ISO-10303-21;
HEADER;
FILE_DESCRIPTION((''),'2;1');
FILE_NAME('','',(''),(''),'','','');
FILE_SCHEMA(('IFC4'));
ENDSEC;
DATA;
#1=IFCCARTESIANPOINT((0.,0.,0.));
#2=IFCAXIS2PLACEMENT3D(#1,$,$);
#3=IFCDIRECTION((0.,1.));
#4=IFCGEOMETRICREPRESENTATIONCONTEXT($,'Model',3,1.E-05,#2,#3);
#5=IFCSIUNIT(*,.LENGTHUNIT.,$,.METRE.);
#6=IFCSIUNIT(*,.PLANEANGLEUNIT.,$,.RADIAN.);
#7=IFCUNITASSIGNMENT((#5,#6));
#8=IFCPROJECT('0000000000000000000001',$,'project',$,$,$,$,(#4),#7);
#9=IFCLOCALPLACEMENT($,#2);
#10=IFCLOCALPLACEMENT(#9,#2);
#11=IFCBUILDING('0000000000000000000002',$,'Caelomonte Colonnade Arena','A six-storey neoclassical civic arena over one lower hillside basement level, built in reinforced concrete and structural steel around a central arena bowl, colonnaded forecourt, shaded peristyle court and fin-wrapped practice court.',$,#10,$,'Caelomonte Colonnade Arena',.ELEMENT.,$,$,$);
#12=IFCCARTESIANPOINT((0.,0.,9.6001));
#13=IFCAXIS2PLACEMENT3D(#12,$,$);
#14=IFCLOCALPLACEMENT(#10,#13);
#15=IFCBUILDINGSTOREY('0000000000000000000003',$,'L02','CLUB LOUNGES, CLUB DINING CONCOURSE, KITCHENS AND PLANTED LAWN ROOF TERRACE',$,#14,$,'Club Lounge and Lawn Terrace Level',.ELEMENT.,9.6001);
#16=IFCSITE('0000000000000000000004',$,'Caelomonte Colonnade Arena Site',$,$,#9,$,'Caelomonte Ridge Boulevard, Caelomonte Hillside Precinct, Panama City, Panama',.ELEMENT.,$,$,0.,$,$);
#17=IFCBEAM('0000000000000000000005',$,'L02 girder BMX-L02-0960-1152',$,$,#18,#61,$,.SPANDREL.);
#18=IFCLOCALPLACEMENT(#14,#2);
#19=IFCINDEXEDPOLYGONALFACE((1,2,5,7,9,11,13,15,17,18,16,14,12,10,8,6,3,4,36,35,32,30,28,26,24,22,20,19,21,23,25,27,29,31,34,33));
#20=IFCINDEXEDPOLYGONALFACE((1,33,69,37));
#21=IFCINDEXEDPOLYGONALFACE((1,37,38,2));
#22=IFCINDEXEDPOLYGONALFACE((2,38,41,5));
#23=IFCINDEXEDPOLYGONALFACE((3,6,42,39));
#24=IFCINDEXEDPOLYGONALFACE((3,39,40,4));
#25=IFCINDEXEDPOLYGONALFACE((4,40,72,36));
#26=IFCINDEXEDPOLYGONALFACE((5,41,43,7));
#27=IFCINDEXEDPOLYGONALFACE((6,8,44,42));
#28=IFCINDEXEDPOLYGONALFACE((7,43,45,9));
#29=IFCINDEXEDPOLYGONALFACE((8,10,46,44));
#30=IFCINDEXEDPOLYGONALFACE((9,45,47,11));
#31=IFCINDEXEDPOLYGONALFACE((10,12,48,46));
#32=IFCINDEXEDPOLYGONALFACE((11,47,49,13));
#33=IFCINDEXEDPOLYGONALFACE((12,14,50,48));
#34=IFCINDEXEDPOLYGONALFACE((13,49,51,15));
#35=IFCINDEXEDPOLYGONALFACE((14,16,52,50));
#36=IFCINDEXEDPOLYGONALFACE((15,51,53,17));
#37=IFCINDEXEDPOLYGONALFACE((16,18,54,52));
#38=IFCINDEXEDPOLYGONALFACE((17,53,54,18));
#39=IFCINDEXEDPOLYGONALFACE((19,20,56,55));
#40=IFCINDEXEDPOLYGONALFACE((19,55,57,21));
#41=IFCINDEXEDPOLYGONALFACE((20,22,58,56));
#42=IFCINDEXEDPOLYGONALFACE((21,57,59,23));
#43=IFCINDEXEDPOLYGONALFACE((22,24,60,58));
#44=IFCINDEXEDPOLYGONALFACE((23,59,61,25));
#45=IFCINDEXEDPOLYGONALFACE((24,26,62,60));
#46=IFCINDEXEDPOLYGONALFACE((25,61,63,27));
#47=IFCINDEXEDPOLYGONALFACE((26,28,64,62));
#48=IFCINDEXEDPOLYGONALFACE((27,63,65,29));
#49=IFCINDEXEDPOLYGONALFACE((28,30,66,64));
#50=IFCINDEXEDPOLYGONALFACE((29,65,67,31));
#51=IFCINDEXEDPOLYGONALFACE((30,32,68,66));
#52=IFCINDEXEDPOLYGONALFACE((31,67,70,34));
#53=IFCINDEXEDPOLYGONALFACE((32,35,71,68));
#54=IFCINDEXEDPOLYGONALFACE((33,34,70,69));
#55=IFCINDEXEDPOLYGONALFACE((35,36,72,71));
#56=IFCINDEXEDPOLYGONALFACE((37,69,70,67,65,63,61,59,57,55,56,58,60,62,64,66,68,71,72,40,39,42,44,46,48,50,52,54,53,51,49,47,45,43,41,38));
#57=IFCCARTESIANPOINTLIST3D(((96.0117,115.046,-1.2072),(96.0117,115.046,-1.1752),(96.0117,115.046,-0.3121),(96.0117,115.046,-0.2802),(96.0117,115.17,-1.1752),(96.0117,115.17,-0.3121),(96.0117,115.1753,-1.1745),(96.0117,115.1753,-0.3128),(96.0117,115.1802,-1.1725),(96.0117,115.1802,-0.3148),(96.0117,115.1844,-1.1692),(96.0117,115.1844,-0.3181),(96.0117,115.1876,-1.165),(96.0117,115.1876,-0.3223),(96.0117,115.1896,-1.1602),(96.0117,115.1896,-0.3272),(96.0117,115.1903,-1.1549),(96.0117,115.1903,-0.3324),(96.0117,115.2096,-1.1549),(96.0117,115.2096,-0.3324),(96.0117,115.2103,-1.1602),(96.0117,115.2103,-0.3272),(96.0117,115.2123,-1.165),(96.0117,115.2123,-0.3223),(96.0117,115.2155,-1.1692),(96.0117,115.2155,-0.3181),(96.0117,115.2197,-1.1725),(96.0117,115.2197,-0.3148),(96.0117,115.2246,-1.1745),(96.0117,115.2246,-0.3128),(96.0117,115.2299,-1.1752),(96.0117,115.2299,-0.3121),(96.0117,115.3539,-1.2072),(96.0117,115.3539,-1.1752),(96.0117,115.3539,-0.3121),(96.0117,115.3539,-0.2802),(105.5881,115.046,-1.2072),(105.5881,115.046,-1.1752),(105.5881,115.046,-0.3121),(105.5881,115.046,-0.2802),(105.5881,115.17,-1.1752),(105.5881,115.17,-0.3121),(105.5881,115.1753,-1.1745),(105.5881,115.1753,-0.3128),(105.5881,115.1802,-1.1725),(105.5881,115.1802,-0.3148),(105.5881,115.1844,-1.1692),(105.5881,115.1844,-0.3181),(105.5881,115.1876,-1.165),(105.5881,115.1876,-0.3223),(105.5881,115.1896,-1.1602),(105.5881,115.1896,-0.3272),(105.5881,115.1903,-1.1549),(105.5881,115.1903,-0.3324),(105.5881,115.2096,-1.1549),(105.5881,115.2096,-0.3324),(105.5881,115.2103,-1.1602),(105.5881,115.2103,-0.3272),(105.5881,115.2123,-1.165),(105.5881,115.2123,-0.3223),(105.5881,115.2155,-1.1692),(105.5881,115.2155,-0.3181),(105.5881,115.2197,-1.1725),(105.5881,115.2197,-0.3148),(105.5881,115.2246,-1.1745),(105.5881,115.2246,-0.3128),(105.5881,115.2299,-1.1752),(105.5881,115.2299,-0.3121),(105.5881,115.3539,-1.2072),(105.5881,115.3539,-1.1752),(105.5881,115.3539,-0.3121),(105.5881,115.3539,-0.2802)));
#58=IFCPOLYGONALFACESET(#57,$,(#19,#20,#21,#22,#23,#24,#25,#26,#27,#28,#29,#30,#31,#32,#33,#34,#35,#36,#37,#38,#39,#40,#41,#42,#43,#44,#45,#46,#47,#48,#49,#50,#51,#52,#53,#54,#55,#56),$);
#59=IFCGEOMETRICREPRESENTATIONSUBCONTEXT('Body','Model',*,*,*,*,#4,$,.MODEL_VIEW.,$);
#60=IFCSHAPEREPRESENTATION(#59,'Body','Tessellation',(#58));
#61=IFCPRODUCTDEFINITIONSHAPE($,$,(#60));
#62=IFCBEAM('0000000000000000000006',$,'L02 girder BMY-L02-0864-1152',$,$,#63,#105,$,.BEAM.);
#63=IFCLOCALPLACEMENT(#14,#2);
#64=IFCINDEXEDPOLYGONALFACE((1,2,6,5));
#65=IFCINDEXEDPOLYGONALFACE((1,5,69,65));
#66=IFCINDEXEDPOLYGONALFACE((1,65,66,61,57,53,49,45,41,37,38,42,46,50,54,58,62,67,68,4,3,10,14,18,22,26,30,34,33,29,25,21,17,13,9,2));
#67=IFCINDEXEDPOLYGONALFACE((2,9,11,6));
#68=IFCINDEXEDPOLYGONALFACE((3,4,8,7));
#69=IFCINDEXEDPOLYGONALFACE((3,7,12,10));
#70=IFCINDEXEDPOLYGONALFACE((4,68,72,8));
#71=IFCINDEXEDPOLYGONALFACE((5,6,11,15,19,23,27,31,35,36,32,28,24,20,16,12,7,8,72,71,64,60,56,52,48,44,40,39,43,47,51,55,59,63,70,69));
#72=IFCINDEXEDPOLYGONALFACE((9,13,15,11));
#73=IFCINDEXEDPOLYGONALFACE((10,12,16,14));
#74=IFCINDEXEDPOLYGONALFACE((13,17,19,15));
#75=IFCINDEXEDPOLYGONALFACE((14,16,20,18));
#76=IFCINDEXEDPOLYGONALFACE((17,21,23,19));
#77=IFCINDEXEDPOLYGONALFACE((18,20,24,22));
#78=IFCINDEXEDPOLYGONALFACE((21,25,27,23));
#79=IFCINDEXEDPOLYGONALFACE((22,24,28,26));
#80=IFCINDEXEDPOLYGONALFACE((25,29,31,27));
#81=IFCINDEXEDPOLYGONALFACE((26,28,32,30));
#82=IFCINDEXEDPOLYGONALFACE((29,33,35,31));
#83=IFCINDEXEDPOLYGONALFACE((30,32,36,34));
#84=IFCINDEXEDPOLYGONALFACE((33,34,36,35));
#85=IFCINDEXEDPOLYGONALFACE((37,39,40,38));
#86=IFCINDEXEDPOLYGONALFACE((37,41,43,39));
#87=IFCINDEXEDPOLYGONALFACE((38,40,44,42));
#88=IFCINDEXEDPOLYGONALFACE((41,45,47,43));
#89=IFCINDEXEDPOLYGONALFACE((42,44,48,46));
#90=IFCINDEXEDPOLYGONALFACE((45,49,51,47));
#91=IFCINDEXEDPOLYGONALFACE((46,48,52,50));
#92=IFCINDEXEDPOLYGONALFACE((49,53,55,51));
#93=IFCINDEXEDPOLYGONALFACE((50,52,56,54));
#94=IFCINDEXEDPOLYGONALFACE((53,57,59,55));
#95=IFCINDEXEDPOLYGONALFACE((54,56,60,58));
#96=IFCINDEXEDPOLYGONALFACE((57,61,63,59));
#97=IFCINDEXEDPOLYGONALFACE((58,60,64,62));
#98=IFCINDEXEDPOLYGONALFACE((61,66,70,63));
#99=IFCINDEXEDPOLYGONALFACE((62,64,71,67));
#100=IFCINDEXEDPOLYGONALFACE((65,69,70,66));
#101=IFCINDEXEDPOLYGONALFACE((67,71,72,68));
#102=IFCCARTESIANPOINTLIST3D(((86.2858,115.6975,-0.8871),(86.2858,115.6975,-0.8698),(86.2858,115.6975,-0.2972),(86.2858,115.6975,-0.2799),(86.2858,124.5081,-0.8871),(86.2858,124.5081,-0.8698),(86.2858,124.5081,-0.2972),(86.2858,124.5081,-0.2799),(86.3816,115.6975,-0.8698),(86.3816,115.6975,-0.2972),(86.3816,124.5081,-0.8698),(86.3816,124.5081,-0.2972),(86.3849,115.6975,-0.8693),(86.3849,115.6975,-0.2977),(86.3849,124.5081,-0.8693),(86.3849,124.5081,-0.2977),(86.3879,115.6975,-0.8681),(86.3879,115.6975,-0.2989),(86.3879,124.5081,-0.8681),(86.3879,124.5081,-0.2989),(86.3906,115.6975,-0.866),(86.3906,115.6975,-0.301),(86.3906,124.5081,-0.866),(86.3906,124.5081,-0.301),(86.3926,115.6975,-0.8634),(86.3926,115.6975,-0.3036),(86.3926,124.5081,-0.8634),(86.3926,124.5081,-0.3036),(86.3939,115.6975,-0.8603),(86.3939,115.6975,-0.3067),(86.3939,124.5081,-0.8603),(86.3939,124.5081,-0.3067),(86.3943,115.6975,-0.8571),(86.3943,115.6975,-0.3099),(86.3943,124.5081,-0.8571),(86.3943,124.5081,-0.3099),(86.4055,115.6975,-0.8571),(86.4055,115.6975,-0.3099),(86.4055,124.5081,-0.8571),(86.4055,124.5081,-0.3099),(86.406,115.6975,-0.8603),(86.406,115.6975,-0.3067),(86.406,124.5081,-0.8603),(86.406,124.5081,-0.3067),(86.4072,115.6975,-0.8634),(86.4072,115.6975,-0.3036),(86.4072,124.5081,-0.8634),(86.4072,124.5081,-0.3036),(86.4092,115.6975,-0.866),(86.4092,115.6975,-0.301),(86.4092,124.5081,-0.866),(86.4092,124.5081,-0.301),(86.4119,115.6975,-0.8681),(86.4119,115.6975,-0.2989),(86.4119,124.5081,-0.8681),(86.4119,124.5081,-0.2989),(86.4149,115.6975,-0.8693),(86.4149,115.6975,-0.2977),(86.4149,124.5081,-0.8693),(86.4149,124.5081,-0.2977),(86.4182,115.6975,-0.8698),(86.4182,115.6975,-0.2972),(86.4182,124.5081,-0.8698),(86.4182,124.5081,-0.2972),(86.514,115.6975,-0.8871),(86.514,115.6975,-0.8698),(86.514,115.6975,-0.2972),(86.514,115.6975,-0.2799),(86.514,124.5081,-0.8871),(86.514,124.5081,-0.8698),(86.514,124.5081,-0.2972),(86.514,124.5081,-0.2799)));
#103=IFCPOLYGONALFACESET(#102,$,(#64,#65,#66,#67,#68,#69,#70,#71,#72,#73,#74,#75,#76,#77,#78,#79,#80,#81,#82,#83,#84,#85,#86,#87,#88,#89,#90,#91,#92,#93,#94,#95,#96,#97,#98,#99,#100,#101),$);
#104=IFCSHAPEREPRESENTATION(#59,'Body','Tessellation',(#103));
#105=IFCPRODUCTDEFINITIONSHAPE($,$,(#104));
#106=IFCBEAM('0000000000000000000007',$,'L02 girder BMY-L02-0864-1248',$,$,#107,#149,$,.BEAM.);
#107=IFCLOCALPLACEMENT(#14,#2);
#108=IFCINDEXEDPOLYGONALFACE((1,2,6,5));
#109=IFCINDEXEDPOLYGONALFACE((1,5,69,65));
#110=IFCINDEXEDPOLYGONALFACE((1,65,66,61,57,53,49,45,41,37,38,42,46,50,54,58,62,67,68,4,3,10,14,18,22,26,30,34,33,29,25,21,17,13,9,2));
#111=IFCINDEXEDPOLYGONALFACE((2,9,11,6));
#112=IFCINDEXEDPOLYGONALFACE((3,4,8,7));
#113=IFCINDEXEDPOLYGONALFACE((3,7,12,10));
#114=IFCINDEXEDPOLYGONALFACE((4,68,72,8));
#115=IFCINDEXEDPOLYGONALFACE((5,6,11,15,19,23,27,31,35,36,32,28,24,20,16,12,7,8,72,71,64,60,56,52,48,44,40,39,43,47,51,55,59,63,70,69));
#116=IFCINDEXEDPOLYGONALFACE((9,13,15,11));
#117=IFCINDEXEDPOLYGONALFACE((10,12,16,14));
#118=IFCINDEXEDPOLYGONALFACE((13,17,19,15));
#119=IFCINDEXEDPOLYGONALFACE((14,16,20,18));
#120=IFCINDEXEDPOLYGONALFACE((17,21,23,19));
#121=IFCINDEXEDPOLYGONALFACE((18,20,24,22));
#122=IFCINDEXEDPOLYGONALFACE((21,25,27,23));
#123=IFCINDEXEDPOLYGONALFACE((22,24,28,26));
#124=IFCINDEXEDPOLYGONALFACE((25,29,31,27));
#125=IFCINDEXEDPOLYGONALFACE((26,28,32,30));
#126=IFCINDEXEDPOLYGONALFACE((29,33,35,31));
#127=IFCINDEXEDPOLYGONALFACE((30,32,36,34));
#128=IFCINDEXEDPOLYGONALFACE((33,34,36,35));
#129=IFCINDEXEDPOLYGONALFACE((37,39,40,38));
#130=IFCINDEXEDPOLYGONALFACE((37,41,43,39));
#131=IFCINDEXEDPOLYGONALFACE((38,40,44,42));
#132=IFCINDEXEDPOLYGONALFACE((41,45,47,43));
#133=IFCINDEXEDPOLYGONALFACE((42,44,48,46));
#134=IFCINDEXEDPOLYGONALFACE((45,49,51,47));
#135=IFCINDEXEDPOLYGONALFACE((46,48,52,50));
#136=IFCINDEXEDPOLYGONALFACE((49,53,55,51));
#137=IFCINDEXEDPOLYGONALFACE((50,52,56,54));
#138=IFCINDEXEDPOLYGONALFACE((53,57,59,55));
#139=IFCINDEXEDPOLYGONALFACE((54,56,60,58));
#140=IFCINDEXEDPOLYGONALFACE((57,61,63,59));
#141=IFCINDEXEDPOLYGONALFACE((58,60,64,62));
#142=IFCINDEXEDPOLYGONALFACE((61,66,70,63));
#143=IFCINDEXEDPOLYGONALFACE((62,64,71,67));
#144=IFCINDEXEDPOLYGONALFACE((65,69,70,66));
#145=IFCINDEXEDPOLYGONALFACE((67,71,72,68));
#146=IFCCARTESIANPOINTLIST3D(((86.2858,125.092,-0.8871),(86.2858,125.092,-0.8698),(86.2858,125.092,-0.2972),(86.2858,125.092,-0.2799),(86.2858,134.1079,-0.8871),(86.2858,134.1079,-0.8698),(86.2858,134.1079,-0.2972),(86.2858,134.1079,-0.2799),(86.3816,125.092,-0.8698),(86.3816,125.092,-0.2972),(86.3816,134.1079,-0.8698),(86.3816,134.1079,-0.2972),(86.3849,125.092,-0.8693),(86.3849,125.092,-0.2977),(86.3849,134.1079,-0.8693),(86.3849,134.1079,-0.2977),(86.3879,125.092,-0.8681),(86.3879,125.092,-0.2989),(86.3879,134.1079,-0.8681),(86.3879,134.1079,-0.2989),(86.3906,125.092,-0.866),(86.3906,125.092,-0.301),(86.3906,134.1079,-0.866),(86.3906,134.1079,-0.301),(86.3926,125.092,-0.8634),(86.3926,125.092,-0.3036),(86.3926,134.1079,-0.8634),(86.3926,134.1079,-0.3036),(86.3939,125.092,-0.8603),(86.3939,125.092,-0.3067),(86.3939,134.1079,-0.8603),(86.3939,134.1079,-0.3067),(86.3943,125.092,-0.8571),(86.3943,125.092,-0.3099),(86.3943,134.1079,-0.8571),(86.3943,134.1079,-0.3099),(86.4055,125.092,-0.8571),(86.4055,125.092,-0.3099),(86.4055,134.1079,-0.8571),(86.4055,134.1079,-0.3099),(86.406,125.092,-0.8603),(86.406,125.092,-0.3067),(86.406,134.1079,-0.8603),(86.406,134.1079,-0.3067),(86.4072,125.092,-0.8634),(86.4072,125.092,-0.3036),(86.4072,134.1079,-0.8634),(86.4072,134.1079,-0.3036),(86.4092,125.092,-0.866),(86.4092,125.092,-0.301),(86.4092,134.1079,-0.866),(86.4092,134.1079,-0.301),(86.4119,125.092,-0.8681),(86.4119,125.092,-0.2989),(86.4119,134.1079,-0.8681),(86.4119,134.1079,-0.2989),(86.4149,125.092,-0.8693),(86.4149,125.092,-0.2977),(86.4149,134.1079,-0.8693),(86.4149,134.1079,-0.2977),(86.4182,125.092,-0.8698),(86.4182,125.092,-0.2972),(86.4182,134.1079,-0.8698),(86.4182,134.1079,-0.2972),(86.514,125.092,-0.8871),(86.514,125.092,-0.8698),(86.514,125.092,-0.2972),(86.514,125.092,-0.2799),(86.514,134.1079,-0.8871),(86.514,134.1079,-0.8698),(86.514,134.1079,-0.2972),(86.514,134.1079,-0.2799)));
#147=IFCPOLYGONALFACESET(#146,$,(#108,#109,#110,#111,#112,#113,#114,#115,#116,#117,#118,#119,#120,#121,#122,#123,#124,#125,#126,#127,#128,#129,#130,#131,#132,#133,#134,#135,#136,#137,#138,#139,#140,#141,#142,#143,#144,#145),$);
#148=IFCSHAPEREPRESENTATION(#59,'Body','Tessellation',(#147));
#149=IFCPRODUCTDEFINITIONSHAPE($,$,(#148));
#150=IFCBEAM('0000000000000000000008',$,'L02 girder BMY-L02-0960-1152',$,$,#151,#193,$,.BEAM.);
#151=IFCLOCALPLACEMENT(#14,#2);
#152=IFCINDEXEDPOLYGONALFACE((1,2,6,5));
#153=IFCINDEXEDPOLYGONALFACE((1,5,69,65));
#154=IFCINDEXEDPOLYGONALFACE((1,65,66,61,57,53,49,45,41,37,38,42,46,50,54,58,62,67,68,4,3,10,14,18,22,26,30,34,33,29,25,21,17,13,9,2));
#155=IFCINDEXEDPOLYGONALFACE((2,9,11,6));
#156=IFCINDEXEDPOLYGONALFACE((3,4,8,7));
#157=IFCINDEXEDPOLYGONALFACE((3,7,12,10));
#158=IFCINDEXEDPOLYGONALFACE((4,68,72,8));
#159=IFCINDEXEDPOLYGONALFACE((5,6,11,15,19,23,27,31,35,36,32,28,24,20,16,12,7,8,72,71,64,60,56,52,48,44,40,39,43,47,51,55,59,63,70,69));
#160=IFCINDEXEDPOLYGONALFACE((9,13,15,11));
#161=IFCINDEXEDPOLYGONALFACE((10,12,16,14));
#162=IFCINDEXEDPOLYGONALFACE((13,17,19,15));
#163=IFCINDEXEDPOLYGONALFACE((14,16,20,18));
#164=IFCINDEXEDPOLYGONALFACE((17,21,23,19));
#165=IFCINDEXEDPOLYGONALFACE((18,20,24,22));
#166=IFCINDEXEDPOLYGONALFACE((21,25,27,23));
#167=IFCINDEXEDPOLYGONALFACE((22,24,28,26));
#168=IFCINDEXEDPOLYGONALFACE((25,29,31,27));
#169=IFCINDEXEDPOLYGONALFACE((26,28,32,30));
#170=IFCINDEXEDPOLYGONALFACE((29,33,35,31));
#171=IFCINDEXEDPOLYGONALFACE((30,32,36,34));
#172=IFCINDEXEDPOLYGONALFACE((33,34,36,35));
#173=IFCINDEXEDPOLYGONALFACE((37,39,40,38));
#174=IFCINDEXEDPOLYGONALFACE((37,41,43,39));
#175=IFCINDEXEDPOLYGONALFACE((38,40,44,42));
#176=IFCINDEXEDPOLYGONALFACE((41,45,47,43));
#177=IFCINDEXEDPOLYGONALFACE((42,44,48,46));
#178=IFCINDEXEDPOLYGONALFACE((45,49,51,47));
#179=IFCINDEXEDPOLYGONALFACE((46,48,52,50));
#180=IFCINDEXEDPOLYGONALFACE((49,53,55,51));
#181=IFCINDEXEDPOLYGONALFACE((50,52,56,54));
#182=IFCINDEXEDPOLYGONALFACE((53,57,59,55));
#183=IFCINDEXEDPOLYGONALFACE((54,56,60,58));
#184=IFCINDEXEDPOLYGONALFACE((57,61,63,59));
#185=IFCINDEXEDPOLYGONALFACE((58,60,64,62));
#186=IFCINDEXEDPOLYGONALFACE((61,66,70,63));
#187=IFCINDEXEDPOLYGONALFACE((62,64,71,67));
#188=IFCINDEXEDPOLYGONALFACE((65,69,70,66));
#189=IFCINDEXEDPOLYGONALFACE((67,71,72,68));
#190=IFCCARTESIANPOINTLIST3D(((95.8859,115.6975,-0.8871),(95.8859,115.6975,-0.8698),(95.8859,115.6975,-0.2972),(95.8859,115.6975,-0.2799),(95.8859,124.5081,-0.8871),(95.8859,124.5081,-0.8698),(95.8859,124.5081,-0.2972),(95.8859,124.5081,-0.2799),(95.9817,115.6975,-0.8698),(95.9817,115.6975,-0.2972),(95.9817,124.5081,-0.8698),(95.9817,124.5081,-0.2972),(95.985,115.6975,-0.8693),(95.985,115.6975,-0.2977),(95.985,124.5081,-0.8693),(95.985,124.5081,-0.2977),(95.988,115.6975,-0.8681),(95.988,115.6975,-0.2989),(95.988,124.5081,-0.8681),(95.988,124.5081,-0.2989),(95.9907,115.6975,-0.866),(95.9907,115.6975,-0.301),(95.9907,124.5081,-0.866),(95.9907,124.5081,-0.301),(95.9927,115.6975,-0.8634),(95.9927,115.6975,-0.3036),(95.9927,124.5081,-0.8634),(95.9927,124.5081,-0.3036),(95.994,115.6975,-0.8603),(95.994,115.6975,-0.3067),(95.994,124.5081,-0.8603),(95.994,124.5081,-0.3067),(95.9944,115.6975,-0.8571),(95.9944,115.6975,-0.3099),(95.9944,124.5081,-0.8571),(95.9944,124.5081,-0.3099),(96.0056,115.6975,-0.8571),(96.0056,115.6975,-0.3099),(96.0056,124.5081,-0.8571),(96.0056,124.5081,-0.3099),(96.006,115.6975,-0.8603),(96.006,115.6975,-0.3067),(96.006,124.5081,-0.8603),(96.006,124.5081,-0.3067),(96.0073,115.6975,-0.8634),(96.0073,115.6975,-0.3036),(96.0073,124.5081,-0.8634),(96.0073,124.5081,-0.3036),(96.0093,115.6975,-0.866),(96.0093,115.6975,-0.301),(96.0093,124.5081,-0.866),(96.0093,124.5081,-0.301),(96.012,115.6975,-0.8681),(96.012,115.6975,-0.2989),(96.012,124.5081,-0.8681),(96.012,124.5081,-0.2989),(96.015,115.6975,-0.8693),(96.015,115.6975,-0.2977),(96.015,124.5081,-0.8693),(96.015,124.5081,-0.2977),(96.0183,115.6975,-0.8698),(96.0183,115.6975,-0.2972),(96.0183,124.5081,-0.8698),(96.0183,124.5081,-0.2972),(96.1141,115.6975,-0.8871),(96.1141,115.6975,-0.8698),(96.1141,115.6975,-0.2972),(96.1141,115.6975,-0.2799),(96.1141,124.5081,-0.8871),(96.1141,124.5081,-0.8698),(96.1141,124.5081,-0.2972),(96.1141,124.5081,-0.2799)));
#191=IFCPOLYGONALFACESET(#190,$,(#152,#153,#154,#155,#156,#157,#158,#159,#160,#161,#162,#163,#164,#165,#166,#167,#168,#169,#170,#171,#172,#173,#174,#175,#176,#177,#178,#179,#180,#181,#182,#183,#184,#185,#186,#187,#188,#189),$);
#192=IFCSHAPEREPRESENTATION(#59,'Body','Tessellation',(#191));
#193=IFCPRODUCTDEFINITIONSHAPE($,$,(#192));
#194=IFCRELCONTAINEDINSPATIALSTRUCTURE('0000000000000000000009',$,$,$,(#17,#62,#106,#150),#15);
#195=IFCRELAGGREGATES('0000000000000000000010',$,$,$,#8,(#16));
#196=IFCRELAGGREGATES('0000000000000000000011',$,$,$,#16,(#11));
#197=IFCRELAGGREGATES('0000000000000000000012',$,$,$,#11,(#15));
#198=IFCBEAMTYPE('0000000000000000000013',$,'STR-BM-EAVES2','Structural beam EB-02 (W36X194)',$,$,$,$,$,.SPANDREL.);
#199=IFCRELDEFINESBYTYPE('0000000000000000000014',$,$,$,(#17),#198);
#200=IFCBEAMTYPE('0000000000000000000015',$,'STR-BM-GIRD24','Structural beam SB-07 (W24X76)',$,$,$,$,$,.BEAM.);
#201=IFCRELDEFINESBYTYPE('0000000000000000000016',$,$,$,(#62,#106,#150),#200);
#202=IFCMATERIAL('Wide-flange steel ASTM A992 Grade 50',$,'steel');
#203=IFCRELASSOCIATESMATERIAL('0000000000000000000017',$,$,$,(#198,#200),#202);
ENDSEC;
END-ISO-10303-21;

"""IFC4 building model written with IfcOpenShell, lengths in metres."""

from ifc_helpers import new_model, si_unit, direction, frame, origin, origin_2d, place, context, subcontext, project, spatial, i_section, extrude, material, material_profile, profile_set, type_object, element, save


model = new_model("IFC4")

# Units and contexts
model_context = context("Model", 3, precision=1e-05, world=origin(), true_north=direction((0.0, 1.0)))
body_context = subcontext(model_context, "Body", "Model", "MODEL_VIEW")
ifc_project = project(units=[si_unit("LENGTHUNIT", "METRE"), si_unit("PLANEANGLEUNIT", "RADIAN")], contexts=[model_context])

# Site, building, storey
site_placement = place(None, origin())
site = spatial("IfcSite", under=ifc_project, at=site_placement, Name="Caelomonte Colonnade Arena Site", LongName="Caelomonte Ridge Boulevard, Caelomonte Hillside Precinct, Panama City, Panama", CompositionType="ELEMENT", RefElevation=0.0)
building_placement = place(site_placement, origin())
building = spatial("IfcBuilding", under=site, at=building_placement, Name="Caelomonte Colonnade Arena", Description="A six-storey neoclassical civic arena over one lower hillside basement level, built in reinforced concrete and structural steel around a central arena bowl, colonnaded forecourt, shaded peristyle court and fin-wrapped practice court.", LongName="Caelomonte Colonnade Arena", CompositionType="ELEMENT")
storey_placement = place(building_placement, frame((0.0, 0.0, 9.6001)))
storey = spatial("IfcBuildingStorey", under=building, at=storey_placement, Name="L02", Description="CLUB LOUNGES, CLUB DINING CONCOURSE, KITCHENS AND PLANTED LAWN ROOF TERRACE", LongName="Club Lounge and Lawn Terrace Level", CompositionType="ELEMENT", Elevation=9.6001)

# Shared definitions
ifc_material_1 = material(Name="Wide-flange steel ASTM A992 Grade 50", Category="steel")

# Beams
ifc_material_profile_1 = material_profile(ifc_material_1, i_section(OverallWidth=0.3079, OverallDepth=0.927, WebThickness=0.0193, FlangeThickness=0.032, FilletRadius=0.0203, at=origin_2d()), Name="W36X194")
ifc_profile_set_1 = profile_set([ifc_material_profile_1], Name="Wide-flange steel ASTM A992 Grade 50")
beam_type_1 = type_object("IfcBeamType", Name="STR-BM-EAVES2", Description="Structural beam EB-02 (W36X194)", PredefinedType="SPANDREL", material=ifc_profile_set_1)
for number, where, z_axis, x_axis, name in (
    (1, (96.0117, 115.2, -0.7437), (1.0, 0.0, 0.0), (0.0, 1.0, 0.0), "L02 girder BMX-L02-0960-1152"),
):
    element("IfcBeam", number, at=place(storey_placement, frame(where, z_axis=z_axis, x_axis=x_axis)), inside=storey, type_object=beam_type_1, Name=name, PredefinedType="SPANDREL", context=body_context, shape_type="SweptSolid", body=[
        extrude(i_section(OverallWidth=0.3079, OverallDepth=0.927, WebThickness=0.0193, FlangeThickness=0.032, FilletRadius=0.0203, at=origin_2d()), origin(), (0.0, 0.0, 1.0), 9.5764),
    ])
ifc_material_profile_2 = material_profile(ifc_material_1, i_section(OverallWidth=0.2283, OverallDepth=0.6072, WebThickness=0.0112, FlangeThickness=0.0173, FilletRadius=0.0127, at=origin_2d()), Name="W24X76")
ifc_profile_set_2 = profile_set([ifc_material_profile_2], Name="Wide-flange steel ASTM A992 Grade 50")
beam_type_2 = type_object("IfcBeamType", Name="STR-BM-GIRD24", Description="Structural beam SB-07 (W24X76)", PredefinedType="BEAM", material=ifc_profile_set_2)
beam_1_placement = place(storey_placement, frame((86.3999, 115.6975, -0.5835), z_axis=(0.0, 1.0, 0.0), x_axis=(-1.0, 0.0, 0.0)))
element("IfcBeam", 2, at=beam_1_placement, inside=storey, type_object=beam_type_2, Name="L02 girder BMY-L02-0864-1152", PredefinedType="BEAM", context=body_context, shape_type="SweptSolid", body=[
    extrude(i_section(OverallWidth=0.2283, OverallDepth=0.6072, WebThickness=0.0112, FlangeThickness=0.0173, FilletRadius=0.0127, at=origin_2d()), origin(), (0.0, 0.0, 1.0), 8.8105),
])
beam_2_placement = place(storey_placement, frame((86.3999, 125.092, -0.5835), z_axis=(0.0, 1.0, 0.0), x_axis=(-1.0, 0.0, 0.0)))
element("IfcBeam", 3, at=beam_2_placement, inside=storey, type_object=beam_type_2, Name="L02 girder BMY-L02-0864-1248", PredefinedType="BEAM", context=body_context, shape_type="SweptSolid", body=[
    extrude(i_section(OverallWidth=0.2283, OverallDepth=0.6072, WebThickness=0.0112, FlangeThickness=0.0173, FilletRadius=0.0127, at=origin_2d()), origin(), (0.0, 0.0, 1.0), 9.0159),
])
beam_3_placement = place(storey_placement, frame((96.0, 115.6975, -0.5835), z_axis=(0.0, 1.0, 0.0), x_axis=(-1.0, 0.0, 0.0)))
element("IfcBeam", 4, at=beam_3_placement, inside=storey, type_object=beam_type_2, Name="L02 girder BMY-L02-0960-1152", PredefinedType="BEAM", context=body_context, shape_type="SweptSolid", body=[
    extrude(i_section(OverallWidth=0.2283, OverallDepth=0.6072, WebThickness=0.0112, FlangeThickness=0.0173, FilletRadius=0.0127, at=origin_2d()), origin(), (0.0, 0.0, 1.0), 8.8105),
])

save(model, "model.ifc")
